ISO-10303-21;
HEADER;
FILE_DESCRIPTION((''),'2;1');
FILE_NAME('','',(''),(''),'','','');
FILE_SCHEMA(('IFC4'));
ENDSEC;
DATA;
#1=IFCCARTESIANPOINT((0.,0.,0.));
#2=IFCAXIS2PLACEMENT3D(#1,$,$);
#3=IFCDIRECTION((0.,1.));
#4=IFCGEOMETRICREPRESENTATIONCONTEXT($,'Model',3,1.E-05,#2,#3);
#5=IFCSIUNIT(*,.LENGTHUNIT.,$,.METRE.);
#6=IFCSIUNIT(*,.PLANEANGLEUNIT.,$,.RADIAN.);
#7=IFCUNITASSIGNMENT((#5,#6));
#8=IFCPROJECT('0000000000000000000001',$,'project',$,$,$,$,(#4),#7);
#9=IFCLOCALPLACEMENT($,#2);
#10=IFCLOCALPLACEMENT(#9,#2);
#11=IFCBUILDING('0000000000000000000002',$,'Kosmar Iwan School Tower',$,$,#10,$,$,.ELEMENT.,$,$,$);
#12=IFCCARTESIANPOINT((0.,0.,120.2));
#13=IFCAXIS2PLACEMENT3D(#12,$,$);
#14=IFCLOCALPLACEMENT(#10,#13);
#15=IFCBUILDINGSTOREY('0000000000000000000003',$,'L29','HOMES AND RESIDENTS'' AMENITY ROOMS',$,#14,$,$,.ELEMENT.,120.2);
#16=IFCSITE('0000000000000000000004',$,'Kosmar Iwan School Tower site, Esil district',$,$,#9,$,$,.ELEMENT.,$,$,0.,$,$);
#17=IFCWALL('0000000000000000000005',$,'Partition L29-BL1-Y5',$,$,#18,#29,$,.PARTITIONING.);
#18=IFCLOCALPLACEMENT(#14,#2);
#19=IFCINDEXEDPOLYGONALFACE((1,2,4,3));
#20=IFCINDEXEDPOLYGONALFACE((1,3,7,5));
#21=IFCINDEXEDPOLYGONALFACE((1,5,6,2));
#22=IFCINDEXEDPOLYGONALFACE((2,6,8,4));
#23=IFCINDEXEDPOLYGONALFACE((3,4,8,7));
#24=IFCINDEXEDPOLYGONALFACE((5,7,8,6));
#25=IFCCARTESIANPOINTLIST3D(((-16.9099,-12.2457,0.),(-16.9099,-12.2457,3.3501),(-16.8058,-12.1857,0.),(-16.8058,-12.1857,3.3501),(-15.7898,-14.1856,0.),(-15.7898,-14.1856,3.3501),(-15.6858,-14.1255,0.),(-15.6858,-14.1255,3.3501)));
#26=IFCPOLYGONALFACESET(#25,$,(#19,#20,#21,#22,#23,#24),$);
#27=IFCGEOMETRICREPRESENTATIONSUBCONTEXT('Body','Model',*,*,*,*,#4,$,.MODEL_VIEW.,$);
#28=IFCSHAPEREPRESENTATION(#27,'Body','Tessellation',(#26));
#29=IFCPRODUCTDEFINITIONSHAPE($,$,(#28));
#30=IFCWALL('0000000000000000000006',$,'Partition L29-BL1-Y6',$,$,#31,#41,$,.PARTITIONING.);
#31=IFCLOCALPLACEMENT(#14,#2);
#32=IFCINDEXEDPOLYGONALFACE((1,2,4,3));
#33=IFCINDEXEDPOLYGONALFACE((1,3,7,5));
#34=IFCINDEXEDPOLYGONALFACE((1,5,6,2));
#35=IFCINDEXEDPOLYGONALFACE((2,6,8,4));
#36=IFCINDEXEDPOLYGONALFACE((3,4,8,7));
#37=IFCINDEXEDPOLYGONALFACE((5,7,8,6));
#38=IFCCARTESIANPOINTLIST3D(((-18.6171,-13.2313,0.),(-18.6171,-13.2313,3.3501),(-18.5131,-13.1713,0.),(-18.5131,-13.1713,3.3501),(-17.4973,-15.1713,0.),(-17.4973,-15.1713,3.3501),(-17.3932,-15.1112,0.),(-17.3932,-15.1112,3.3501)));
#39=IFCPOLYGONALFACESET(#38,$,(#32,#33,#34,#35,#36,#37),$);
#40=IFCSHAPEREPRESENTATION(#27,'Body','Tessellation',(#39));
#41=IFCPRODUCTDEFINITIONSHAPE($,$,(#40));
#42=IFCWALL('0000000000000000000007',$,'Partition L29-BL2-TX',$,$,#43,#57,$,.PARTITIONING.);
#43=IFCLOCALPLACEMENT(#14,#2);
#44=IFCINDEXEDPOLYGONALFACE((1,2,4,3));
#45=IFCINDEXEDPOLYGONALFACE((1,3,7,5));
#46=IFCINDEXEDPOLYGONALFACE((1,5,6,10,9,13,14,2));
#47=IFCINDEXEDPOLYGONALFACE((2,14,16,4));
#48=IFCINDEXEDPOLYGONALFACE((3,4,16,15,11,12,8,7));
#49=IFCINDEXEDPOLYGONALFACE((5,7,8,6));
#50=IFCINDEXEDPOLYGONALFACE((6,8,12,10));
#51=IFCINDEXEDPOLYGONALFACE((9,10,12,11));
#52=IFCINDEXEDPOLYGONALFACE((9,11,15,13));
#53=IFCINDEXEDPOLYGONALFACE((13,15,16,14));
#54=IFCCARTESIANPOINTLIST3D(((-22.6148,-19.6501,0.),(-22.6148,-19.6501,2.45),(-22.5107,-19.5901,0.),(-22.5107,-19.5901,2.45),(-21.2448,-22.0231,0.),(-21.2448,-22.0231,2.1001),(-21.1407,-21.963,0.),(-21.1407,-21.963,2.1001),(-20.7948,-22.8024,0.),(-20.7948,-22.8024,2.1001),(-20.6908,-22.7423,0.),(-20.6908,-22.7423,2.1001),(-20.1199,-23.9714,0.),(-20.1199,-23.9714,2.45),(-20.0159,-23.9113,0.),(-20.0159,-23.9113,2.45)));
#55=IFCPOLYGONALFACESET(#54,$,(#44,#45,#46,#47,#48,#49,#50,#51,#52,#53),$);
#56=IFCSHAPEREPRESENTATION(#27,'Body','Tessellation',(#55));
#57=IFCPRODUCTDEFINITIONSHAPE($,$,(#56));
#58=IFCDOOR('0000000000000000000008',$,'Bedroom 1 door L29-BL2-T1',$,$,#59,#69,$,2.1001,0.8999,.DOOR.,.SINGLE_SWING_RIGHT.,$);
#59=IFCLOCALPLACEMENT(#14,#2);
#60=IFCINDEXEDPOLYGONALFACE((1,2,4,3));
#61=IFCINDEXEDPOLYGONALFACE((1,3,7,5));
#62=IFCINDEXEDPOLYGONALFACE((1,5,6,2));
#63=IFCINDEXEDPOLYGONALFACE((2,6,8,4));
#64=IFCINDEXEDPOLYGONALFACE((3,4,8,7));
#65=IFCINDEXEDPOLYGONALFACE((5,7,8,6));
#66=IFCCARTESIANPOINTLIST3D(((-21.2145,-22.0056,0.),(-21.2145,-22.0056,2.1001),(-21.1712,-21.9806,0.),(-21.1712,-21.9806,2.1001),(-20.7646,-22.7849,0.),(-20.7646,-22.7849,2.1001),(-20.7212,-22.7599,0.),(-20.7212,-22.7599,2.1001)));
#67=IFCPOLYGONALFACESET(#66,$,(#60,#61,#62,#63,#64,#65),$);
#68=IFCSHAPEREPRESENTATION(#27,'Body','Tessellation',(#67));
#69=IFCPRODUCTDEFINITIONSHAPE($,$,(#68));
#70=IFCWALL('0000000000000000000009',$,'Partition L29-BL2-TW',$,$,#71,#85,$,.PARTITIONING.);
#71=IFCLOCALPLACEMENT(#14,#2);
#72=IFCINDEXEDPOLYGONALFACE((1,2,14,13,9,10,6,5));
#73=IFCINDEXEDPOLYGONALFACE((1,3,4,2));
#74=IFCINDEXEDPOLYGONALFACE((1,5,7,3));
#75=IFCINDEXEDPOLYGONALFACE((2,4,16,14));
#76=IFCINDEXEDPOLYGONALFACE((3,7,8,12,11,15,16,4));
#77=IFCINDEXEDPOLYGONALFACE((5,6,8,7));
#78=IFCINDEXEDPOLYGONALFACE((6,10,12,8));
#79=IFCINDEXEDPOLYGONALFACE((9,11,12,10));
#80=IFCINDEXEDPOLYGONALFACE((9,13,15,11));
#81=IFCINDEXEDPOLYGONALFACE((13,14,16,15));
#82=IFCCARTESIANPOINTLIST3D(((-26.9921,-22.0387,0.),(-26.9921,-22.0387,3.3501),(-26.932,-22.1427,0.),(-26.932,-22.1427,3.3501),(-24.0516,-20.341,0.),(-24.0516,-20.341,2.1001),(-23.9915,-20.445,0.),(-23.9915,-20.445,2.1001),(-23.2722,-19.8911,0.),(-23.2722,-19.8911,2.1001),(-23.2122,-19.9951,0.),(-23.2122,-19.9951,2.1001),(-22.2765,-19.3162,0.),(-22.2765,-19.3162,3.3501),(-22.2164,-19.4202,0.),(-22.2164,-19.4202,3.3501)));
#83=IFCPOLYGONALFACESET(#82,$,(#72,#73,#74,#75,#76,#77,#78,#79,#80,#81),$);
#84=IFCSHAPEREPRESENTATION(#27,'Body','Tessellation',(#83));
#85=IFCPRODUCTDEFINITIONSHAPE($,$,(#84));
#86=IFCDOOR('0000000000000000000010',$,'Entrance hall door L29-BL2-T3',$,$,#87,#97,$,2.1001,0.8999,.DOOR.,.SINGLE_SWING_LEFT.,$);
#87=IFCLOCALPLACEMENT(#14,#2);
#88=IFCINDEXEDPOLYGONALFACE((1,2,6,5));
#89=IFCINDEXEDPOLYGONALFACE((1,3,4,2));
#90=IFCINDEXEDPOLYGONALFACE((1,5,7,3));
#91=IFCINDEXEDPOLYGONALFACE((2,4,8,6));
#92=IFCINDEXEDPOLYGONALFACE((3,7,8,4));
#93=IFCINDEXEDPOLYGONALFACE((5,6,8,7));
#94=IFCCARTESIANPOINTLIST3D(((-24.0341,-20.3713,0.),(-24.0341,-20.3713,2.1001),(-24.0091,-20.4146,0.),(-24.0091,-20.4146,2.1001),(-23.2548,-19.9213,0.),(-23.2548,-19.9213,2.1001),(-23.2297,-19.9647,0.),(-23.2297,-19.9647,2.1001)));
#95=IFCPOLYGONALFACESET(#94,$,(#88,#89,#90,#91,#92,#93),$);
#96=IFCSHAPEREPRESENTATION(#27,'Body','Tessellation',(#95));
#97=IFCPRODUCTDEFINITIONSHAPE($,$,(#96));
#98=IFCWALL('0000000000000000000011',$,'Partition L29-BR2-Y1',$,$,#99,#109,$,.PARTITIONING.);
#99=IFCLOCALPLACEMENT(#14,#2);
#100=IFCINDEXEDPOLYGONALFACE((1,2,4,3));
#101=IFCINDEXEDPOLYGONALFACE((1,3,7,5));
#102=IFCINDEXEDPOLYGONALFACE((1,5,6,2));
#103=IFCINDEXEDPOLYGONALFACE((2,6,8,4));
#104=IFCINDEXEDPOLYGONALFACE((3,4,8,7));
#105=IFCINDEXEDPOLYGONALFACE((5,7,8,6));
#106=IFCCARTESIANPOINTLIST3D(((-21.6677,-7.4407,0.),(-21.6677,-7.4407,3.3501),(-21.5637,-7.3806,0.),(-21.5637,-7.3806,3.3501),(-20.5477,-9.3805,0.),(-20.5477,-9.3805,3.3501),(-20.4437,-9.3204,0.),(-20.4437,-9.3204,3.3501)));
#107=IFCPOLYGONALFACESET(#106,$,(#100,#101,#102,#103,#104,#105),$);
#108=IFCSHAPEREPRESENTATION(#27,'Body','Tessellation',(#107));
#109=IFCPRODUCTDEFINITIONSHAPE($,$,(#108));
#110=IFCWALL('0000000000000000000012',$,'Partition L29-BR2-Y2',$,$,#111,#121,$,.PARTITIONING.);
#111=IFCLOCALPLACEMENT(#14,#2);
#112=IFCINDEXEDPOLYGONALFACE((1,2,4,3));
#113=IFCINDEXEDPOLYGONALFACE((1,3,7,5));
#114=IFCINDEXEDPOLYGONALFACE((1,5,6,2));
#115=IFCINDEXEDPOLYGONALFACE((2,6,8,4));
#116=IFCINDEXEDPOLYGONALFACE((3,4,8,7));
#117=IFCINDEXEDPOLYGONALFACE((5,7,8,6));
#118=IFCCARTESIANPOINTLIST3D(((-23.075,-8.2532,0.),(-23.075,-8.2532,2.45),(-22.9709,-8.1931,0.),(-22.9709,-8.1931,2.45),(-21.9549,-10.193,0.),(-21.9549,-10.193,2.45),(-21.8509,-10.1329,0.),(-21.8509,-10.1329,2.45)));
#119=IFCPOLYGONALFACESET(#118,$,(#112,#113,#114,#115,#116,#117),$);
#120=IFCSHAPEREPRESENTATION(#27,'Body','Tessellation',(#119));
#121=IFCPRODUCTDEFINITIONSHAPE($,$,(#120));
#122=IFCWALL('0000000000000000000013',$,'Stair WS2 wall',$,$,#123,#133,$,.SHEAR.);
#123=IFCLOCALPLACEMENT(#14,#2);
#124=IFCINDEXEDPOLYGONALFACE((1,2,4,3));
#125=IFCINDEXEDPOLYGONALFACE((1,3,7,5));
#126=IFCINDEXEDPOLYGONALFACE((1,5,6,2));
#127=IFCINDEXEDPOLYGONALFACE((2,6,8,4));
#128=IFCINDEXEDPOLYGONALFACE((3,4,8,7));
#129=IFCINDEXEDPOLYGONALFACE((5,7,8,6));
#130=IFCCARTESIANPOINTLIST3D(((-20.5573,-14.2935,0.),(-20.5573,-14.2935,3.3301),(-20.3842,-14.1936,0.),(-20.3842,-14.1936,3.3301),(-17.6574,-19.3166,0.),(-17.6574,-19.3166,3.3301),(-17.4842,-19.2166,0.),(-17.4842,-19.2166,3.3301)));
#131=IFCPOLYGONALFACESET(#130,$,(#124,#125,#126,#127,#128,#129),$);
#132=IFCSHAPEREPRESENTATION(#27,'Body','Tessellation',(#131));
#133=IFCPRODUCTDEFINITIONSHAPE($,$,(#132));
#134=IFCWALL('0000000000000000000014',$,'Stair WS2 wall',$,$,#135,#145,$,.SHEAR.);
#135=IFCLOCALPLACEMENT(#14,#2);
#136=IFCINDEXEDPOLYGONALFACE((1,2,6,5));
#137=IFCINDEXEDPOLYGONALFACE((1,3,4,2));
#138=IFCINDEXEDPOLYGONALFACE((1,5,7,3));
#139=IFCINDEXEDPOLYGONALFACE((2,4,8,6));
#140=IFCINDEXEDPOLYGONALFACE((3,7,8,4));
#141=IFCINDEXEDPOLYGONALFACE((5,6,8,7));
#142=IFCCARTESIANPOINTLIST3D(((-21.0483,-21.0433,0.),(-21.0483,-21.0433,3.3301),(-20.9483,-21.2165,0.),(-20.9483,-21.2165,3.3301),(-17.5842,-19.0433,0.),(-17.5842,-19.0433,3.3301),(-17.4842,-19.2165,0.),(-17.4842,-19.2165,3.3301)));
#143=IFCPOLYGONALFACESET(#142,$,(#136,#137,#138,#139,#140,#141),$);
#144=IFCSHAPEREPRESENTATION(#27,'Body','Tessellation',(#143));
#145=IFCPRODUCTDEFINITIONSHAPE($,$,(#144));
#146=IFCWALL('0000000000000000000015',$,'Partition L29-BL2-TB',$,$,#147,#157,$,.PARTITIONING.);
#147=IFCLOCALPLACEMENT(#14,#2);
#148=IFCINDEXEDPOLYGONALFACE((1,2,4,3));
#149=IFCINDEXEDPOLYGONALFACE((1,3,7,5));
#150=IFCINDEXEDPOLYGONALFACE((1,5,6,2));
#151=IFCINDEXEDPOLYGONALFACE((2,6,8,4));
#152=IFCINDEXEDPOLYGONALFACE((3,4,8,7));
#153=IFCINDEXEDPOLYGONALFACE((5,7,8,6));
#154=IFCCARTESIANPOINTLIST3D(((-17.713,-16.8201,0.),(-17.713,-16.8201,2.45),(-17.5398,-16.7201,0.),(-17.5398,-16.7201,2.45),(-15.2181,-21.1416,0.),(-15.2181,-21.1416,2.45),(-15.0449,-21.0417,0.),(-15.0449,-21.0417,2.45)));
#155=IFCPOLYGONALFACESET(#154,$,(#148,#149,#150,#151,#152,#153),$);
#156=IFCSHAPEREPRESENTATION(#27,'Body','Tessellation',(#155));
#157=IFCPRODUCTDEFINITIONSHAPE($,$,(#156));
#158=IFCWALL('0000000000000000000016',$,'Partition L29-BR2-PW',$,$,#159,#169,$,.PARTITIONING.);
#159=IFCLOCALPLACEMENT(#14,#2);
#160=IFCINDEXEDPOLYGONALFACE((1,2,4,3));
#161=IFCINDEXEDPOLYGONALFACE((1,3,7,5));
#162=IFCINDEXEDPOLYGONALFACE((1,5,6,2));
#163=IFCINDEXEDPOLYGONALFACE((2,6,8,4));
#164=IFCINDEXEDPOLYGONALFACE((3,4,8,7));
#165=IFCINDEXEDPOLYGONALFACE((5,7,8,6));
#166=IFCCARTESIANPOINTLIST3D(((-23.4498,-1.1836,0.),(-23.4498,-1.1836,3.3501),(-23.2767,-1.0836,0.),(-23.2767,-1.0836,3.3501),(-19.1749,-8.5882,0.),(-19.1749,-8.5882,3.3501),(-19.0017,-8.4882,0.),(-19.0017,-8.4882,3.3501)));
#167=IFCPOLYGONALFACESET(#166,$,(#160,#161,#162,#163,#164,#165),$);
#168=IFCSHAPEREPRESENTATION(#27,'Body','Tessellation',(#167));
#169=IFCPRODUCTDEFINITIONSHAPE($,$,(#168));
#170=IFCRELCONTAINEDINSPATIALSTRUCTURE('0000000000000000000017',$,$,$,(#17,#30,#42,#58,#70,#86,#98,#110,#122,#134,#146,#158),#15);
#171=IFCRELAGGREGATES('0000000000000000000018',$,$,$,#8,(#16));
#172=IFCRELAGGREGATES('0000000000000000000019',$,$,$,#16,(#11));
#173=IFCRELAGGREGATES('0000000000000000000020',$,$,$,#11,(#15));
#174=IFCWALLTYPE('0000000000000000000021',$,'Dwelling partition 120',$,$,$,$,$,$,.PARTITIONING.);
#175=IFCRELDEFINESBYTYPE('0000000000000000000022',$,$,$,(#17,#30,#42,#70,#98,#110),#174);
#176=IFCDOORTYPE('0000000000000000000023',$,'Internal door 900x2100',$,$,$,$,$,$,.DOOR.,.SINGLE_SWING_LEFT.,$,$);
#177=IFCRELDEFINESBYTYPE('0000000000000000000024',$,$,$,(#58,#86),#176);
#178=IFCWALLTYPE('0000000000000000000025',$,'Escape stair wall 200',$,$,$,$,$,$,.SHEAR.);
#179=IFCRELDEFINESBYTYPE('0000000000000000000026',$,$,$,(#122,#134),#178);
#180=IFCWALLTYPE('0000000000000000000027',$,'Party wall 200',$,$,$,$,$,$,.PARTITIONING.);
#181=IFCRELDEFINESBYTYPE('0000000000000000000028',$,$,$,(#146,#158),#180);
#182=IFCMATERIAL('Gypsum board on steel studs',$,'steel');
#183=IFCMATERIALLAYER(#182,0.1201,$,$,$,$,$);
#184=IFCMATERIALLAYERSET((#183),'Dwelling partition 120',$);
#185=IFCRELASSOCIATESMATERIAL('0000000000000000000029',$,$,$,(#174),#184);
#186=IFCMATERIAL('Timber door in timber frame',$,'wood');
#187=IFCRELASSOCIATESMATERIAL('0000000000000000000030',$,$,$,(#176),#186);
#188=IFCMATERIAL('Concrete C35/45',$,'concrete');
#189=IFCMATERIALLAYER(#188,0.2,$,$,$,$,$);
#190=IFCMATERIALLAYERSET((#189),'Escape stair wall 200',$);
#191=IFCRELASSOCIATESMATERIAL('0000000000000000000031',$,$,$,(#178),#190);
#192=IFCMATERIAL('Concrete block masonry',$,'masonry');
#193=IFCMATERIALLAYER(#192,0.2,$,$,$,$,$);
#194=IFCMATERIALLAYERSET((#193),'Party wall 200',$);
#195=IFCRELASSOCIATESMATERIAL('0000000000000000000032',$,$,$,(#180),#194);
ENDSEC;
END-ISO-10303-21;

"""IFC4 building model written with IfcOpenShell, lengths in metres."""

from ifc_helpers import new_model, si_unit, direction, frame, frame_2d, origin, place, context, subcontext, project, spatial, rectangle, extrude, material, layer, layer_set, type_object, element, fill, save


model = new_model("IFC4")

# Units and contexts
model_context = context("Model", 3, precision=1e-05, world=origin(), true_north=direction((0.0, 1.0)))
body_context = subcontext(model_context, "Body", "Model", "MODEL_VIEW")
ifc_project = project(units=[si_unit("LENGTHUNIT", "METRE"), si_unit("PLANEANGLEUNIT", "RADIAN")], contexts=[model_context])

# Site, building, storey
site_placement = place(None, origin())
site = spatial("IfcSite", under=ifc_project, at=site_placement, Name="Kosmar Iwan School Tower site, Esil district", CompositionType="ELEMENT", RefElevation=0.0)
building_placement = place(site_placement, origin())
building = spatial("IfcBuilding", under=site, at=building_placement, Name="Kosmar Iwan School Tower", CompositionType="ELEMENT")
storey_placement = place(building_placement, frame((0.0, 0.0, 120.2)))
storey = spatial("IfcBuildingStorey", under=building, at=storey_placement, Name="L29", Description="HOMES AND RESIDENTS' AMENITY ROOMS", CompositionType="ELEMENT", Elevation=120.2)

# Walls
ifc_material_1 = material(Name="Gypsum board on steel studs", Category="steel")
ifc_layer_1 = layer(ifc_material_1, 0.1201)
ifc_layer_set_1 = layer_set([ifc_layer_1], Name="Dwelling partition 120")
wall_type_1 = type_object("IfcWallType", Name="Dwelling partition 120", PredefinedType="PARTITIONING", material=ifc_layer_set_1)
for number, where, z_axis, x_axis, name in (
    (1, (-16.8579, -12.2156, 0.0), (0.0, 0.0, 1.0), (0.500031, -0.866008, 0.0), "Partition L29-BL1-Y5"),
    (2, (-18.5652, -13.2012, 0.0), (0.0, 0.0, 1.0), (0.499949, -0.866055, 0.0), "Partition L29-BL1-Y6"),
):
    element("IfcWall", number, at=place(storey_placement, frame(where, z_axis=z_axis, x_axis=x_axis)), inside=storey, type_object=wall_type_1, Name=name, PredefinedType="PARTITIONING", context=body_context, shape_type="SweptSolid", body=[
        extrude(rectangle(XDim=2.24, YDim=0.1201, at=frame_2d((1.1201, 0.0))), origin(), (0.0, 0.0, 1.0), 3.3501),
    ])

# Walls, openings, doors
wall_1_placement = place(storey_placement, frame((-22.5627, -19.6201, 0.0), z_axis=(0.0, 0.0, 1.0), x_axis=(0.499996, -0.866028, 0.0)))
wall_1 = element("IfcWall", 3, at=wall_1_placement, inside=storey, type_object=wall_type_1, Name="Partition L29-BL2-TX", PredefinedType="PARTITIONING", context=body_context, shape_type="SweptSolid", body=[
    extrude(rectangle(XDim=4.9897, YDim=0.1201, at=frame_2d((2.4949, 0.0))), origin(), (0.0, 0.0, 1.0), 2.45),
])
opening_1_placement = place(wall_1_placement, frame((2.74, 0.0, 0.0)))
opening_1 = element("IfcOpeningElement", 4, at=opening_1_placement, cuts=wall_1, PredefinedType="OPENING", context=body_context, shape_type="SweptSolid", body=[
    extrude(rectangle(XDim=0.8999, YDim=2.1001, at=frame_2d((0.45, 1.05))), frame((0.0, 0.072, 0.0), z_axis=(0.0, -1.0, 0.0), x_axis=(1.0, 0.0, 0.0)), (0.0, 0.0, 1.0), 0.144),
])
ifc_material_2 = material(Name="Timber door in timber frame", Category="wood")
door_type_1 = type_object("IfcDoorType", Name="Internal door 900x2100", OperationType="SINGLE_SWING_LEFT", PredefinedType="DOOR", material=ifc_material_2)
door_1_placement = place(opening_1_placement, origin())
door_1 = element("IfcDoor", 5, at=door_1_placement, inside=storey, type_object=door_type_1, Name="Bedroom 1 door L29-BL2-T1", OperationType="SINGLE_SWING_RIGHT", OverallHeight=2.1001, OverallWidth=0.8999, PredefinedType="DOOR", context=body_context, shape_type="SweptSolid", body=[
    extrude(rectangle(XDim=0.8999, YDim=2.1001, at=frame_2d((0.45, 1.05))), frame((0.0, 0.0249, 0.0), z_axis=(0.0, -1.0, 0.0), x_axis=(1.0, 0.0, 0.0)), (0.0, 0.0, 1.0), 0.05),
])
fill(opening_1, door_1)
wall_2_placement = place(storey_placement, frame((-22.2463, -19.3682, 0.0), z_axis=(0.0, 0.0, 1.0), x_axis=(-0.866036, -0.499982, 0.0)))
wall_2 = element("IfcWall", 6, at=wall_2_placement, inside=storey, type_object=wall_type_1, Name="Partition L29-BL2-TW", PredefinedType="PARTITIONING", context=body_context, shape_type="SweptSolid", body=[
    extrude(rectangle(XDim=5.4451, YDim=0.1201, at=frame_2d((2.7227, 0.0))), origin(), (0.0, 0.0, 1.0), 3.3501),
])
opening_2_placement = place(wall_2_placement, frame((1.1499, 0.0, 0.0)))
opening_2 = element("IfcOpeningElement", 7, at=opening_2_placement, cuts=wall_2, PredefinedType="OPENING", context=body_context, shape_type="SweptSolid", body=[
    extrude(rectangle(XDim=0.8999, YDim=2.1001, at=frame_2d((0.45, 1.05))), frame((0.0, 0.072, 0.0), z_axis=(0.0, -1.0, 0.0), x_axis=(1.0, 0.0, 0.0)), (0.0, 0.0, 1.0), 0.144),
])
door_2_placement = place(opening_2_placement, origin())
door_2 = element("IfcDoor", 8, at=door_2_placement, inside=storey, type_object=door_type_1, Name="Entrance hall door L29-BL2-T3", OperationType="SINGLE_SWING_LEFT", OverallHeight=2.1001, OverallWidth=0.8999, PredefinedType="DOOR", context=body_context, shape_type="SweptSolid", body=[
    extrude(rectangle(XDim=0.8999, YDim=2.1001, at=frame_2d((0.45, 1.05))), frame((0.0, 0.0249, 0.0), z_axis=(0.0, -1.0, 0.0), x_axis=(1.0, 0.0, 0.0)), (0.0, 0.0, 1.0), 0.05),
])
fill(opening_2, door_2)

# Walls
wall_3_placement = place(storey_placement, frame((-20.4956, -9.3506, 0.0), z_axis=(0.0, 0.0, 1.0), x_axis=(-0.500031, 0.866008, 0.0)))
element("IfcWall", 9, at=wall_3_placement, inside=storey, type_object=wall_type_1, Name="Partition L29-BR2-Y1", PredefinedType="PARTITIONING", context=body_context, shape_type="SweptSolid", body=[
    extrude(rectangle(XDim=2.24, YDim=0.1201, at=frame_2d((1.1201, 0.0))), origin(), (0.0, 0.0, 1.0), 3.3501),
])
wall_4_placement = place(storey_placement, frame((-21.9028, -10.1631, 0.0), z_axis=(0.0, 0.0, 1.0), x_axis=(-0.500031, 0.866008, 0.0)))
element("IfcWall", 10, at=wall_4_placement, inside=storey, type_object=wall_type_1, Name="Partition L29-BR2-Y2", PredefinedType="PARTITIONING", context=body_context, shape_type="SweptSolid", body=[
    extrude(rectangle(XDim=2.24, YDim=0.1201, at=frame_2d((1.1201, 0.0))), origin(), (0.0, 0.0, 1.0), 2.45),
])
ifc_material_3 = material(Name="Concrete C35/45", Category="concrete")
ifc_layer_2 = layer(ifc_material_3, 0.2)
ifc_layer_set_2 = layer_set([ifc_layer_2], Name="Escape stair wall 200")
wall_type_2 = type_object("IfcWallType", Name="Escape stair wall 200", PredefinedType="SHEAR", material=ifc_layer_set_2)
wall_5_placement = place(storey_placement, frame((-20.4707, -14.2437, 0.0), z_axis=(0.0, 0.0, 1.0), x_axis=(0.499987, -0.866033, 0.0)))
element("IfcWall", 11, at=wall_5_placement, inside=storey, type_object=wall_type_2, Name="Stair WS2 wall", PredefinedType="SHEAR", context=body_context, shape_type="SweptSolid", body=[
    extrude(rectangle(XDim=5.8, YDim=0.2, at=frame_2d((2.8999, 0.0))), origin(), (0.0, 0.0, 1.0), 3.3301),
])
wall_6_placement = place(storey_placement, frame((-17.5342, -19.1299, 0.0), z_axis=(0.0, 0.0, 1.0), x_axis=(-0.866026, -0.499999, 0.0)))
element("IfcWall", 12, at=wall_6_placement, inside=storey, type_object=wall_type_2, Name="Stair WS2 wall", PredefinedType="SHEAR", context=body_context, shape_type="SweptSolid", body=[
    extrude(rectangle(XDim=4.0, YDim=0.2, at=frame_2d((2.0, 0.0))), origin(), (0.0, 0.0, 1.0), 3.3301),
])
ifc_material_4 = material(Name="Concrete block masonry", Category="masonry")
ifc_layer_3 = layer(ifc_material_4, 0.2)
ifc_layer_set_3 = layer_set([ifc_layer_3], Name="Party wall 200")
wall_type_3 = type_object("IfcWallType", Name="Party wall 200", PredefinedType="PARTITIONING", material=ifc_layer_set_3)
wall_7_placement = place(storey_placement, frame((-17.6265, -16.77, 0.0), z_axis=(0.0, 0.0, 1.0), x_axis=(0.499975, -0.86604, 0.0)))
element("IfcWall", 13, at=wall_7_placement, inside=storey, type_object=wall_type_3, Name="Partition L29-BL2-TB", PredefinedType="PARTITIONING", context=body_context, shape_type="SweptSolid", body=[
    extrude(rectangle(XDim=4.99, YDim=0.2, at=frame_2d((2.4951, 0.0))), origin(), (0.0, 0.0, 1.0), 2.45),
])
wall_8_placement = place(storey_placement, frame((-19.0884, -8.5381, 0.0), z_axis=(0.0, 0.0, 1.0), x_axis=(-0.49999, 0.866031, 0.0)))
element("IfcWall", 14, at=wall_8_placement, inside=storey, type_object=wall_type_3, Name="Partition L29-BR2-PW", PredefinedType="PARTITIONING", context=body_context, shape_type="SweptSolid", body=[
    extrude(rectangle(XDim=8.55, YDim=0.2, at=frame_2d((4.2749, 0.0))), origin(), (0.0, 0.0, 1.0), 3.3501),
])

save(model, "model.ifc")
